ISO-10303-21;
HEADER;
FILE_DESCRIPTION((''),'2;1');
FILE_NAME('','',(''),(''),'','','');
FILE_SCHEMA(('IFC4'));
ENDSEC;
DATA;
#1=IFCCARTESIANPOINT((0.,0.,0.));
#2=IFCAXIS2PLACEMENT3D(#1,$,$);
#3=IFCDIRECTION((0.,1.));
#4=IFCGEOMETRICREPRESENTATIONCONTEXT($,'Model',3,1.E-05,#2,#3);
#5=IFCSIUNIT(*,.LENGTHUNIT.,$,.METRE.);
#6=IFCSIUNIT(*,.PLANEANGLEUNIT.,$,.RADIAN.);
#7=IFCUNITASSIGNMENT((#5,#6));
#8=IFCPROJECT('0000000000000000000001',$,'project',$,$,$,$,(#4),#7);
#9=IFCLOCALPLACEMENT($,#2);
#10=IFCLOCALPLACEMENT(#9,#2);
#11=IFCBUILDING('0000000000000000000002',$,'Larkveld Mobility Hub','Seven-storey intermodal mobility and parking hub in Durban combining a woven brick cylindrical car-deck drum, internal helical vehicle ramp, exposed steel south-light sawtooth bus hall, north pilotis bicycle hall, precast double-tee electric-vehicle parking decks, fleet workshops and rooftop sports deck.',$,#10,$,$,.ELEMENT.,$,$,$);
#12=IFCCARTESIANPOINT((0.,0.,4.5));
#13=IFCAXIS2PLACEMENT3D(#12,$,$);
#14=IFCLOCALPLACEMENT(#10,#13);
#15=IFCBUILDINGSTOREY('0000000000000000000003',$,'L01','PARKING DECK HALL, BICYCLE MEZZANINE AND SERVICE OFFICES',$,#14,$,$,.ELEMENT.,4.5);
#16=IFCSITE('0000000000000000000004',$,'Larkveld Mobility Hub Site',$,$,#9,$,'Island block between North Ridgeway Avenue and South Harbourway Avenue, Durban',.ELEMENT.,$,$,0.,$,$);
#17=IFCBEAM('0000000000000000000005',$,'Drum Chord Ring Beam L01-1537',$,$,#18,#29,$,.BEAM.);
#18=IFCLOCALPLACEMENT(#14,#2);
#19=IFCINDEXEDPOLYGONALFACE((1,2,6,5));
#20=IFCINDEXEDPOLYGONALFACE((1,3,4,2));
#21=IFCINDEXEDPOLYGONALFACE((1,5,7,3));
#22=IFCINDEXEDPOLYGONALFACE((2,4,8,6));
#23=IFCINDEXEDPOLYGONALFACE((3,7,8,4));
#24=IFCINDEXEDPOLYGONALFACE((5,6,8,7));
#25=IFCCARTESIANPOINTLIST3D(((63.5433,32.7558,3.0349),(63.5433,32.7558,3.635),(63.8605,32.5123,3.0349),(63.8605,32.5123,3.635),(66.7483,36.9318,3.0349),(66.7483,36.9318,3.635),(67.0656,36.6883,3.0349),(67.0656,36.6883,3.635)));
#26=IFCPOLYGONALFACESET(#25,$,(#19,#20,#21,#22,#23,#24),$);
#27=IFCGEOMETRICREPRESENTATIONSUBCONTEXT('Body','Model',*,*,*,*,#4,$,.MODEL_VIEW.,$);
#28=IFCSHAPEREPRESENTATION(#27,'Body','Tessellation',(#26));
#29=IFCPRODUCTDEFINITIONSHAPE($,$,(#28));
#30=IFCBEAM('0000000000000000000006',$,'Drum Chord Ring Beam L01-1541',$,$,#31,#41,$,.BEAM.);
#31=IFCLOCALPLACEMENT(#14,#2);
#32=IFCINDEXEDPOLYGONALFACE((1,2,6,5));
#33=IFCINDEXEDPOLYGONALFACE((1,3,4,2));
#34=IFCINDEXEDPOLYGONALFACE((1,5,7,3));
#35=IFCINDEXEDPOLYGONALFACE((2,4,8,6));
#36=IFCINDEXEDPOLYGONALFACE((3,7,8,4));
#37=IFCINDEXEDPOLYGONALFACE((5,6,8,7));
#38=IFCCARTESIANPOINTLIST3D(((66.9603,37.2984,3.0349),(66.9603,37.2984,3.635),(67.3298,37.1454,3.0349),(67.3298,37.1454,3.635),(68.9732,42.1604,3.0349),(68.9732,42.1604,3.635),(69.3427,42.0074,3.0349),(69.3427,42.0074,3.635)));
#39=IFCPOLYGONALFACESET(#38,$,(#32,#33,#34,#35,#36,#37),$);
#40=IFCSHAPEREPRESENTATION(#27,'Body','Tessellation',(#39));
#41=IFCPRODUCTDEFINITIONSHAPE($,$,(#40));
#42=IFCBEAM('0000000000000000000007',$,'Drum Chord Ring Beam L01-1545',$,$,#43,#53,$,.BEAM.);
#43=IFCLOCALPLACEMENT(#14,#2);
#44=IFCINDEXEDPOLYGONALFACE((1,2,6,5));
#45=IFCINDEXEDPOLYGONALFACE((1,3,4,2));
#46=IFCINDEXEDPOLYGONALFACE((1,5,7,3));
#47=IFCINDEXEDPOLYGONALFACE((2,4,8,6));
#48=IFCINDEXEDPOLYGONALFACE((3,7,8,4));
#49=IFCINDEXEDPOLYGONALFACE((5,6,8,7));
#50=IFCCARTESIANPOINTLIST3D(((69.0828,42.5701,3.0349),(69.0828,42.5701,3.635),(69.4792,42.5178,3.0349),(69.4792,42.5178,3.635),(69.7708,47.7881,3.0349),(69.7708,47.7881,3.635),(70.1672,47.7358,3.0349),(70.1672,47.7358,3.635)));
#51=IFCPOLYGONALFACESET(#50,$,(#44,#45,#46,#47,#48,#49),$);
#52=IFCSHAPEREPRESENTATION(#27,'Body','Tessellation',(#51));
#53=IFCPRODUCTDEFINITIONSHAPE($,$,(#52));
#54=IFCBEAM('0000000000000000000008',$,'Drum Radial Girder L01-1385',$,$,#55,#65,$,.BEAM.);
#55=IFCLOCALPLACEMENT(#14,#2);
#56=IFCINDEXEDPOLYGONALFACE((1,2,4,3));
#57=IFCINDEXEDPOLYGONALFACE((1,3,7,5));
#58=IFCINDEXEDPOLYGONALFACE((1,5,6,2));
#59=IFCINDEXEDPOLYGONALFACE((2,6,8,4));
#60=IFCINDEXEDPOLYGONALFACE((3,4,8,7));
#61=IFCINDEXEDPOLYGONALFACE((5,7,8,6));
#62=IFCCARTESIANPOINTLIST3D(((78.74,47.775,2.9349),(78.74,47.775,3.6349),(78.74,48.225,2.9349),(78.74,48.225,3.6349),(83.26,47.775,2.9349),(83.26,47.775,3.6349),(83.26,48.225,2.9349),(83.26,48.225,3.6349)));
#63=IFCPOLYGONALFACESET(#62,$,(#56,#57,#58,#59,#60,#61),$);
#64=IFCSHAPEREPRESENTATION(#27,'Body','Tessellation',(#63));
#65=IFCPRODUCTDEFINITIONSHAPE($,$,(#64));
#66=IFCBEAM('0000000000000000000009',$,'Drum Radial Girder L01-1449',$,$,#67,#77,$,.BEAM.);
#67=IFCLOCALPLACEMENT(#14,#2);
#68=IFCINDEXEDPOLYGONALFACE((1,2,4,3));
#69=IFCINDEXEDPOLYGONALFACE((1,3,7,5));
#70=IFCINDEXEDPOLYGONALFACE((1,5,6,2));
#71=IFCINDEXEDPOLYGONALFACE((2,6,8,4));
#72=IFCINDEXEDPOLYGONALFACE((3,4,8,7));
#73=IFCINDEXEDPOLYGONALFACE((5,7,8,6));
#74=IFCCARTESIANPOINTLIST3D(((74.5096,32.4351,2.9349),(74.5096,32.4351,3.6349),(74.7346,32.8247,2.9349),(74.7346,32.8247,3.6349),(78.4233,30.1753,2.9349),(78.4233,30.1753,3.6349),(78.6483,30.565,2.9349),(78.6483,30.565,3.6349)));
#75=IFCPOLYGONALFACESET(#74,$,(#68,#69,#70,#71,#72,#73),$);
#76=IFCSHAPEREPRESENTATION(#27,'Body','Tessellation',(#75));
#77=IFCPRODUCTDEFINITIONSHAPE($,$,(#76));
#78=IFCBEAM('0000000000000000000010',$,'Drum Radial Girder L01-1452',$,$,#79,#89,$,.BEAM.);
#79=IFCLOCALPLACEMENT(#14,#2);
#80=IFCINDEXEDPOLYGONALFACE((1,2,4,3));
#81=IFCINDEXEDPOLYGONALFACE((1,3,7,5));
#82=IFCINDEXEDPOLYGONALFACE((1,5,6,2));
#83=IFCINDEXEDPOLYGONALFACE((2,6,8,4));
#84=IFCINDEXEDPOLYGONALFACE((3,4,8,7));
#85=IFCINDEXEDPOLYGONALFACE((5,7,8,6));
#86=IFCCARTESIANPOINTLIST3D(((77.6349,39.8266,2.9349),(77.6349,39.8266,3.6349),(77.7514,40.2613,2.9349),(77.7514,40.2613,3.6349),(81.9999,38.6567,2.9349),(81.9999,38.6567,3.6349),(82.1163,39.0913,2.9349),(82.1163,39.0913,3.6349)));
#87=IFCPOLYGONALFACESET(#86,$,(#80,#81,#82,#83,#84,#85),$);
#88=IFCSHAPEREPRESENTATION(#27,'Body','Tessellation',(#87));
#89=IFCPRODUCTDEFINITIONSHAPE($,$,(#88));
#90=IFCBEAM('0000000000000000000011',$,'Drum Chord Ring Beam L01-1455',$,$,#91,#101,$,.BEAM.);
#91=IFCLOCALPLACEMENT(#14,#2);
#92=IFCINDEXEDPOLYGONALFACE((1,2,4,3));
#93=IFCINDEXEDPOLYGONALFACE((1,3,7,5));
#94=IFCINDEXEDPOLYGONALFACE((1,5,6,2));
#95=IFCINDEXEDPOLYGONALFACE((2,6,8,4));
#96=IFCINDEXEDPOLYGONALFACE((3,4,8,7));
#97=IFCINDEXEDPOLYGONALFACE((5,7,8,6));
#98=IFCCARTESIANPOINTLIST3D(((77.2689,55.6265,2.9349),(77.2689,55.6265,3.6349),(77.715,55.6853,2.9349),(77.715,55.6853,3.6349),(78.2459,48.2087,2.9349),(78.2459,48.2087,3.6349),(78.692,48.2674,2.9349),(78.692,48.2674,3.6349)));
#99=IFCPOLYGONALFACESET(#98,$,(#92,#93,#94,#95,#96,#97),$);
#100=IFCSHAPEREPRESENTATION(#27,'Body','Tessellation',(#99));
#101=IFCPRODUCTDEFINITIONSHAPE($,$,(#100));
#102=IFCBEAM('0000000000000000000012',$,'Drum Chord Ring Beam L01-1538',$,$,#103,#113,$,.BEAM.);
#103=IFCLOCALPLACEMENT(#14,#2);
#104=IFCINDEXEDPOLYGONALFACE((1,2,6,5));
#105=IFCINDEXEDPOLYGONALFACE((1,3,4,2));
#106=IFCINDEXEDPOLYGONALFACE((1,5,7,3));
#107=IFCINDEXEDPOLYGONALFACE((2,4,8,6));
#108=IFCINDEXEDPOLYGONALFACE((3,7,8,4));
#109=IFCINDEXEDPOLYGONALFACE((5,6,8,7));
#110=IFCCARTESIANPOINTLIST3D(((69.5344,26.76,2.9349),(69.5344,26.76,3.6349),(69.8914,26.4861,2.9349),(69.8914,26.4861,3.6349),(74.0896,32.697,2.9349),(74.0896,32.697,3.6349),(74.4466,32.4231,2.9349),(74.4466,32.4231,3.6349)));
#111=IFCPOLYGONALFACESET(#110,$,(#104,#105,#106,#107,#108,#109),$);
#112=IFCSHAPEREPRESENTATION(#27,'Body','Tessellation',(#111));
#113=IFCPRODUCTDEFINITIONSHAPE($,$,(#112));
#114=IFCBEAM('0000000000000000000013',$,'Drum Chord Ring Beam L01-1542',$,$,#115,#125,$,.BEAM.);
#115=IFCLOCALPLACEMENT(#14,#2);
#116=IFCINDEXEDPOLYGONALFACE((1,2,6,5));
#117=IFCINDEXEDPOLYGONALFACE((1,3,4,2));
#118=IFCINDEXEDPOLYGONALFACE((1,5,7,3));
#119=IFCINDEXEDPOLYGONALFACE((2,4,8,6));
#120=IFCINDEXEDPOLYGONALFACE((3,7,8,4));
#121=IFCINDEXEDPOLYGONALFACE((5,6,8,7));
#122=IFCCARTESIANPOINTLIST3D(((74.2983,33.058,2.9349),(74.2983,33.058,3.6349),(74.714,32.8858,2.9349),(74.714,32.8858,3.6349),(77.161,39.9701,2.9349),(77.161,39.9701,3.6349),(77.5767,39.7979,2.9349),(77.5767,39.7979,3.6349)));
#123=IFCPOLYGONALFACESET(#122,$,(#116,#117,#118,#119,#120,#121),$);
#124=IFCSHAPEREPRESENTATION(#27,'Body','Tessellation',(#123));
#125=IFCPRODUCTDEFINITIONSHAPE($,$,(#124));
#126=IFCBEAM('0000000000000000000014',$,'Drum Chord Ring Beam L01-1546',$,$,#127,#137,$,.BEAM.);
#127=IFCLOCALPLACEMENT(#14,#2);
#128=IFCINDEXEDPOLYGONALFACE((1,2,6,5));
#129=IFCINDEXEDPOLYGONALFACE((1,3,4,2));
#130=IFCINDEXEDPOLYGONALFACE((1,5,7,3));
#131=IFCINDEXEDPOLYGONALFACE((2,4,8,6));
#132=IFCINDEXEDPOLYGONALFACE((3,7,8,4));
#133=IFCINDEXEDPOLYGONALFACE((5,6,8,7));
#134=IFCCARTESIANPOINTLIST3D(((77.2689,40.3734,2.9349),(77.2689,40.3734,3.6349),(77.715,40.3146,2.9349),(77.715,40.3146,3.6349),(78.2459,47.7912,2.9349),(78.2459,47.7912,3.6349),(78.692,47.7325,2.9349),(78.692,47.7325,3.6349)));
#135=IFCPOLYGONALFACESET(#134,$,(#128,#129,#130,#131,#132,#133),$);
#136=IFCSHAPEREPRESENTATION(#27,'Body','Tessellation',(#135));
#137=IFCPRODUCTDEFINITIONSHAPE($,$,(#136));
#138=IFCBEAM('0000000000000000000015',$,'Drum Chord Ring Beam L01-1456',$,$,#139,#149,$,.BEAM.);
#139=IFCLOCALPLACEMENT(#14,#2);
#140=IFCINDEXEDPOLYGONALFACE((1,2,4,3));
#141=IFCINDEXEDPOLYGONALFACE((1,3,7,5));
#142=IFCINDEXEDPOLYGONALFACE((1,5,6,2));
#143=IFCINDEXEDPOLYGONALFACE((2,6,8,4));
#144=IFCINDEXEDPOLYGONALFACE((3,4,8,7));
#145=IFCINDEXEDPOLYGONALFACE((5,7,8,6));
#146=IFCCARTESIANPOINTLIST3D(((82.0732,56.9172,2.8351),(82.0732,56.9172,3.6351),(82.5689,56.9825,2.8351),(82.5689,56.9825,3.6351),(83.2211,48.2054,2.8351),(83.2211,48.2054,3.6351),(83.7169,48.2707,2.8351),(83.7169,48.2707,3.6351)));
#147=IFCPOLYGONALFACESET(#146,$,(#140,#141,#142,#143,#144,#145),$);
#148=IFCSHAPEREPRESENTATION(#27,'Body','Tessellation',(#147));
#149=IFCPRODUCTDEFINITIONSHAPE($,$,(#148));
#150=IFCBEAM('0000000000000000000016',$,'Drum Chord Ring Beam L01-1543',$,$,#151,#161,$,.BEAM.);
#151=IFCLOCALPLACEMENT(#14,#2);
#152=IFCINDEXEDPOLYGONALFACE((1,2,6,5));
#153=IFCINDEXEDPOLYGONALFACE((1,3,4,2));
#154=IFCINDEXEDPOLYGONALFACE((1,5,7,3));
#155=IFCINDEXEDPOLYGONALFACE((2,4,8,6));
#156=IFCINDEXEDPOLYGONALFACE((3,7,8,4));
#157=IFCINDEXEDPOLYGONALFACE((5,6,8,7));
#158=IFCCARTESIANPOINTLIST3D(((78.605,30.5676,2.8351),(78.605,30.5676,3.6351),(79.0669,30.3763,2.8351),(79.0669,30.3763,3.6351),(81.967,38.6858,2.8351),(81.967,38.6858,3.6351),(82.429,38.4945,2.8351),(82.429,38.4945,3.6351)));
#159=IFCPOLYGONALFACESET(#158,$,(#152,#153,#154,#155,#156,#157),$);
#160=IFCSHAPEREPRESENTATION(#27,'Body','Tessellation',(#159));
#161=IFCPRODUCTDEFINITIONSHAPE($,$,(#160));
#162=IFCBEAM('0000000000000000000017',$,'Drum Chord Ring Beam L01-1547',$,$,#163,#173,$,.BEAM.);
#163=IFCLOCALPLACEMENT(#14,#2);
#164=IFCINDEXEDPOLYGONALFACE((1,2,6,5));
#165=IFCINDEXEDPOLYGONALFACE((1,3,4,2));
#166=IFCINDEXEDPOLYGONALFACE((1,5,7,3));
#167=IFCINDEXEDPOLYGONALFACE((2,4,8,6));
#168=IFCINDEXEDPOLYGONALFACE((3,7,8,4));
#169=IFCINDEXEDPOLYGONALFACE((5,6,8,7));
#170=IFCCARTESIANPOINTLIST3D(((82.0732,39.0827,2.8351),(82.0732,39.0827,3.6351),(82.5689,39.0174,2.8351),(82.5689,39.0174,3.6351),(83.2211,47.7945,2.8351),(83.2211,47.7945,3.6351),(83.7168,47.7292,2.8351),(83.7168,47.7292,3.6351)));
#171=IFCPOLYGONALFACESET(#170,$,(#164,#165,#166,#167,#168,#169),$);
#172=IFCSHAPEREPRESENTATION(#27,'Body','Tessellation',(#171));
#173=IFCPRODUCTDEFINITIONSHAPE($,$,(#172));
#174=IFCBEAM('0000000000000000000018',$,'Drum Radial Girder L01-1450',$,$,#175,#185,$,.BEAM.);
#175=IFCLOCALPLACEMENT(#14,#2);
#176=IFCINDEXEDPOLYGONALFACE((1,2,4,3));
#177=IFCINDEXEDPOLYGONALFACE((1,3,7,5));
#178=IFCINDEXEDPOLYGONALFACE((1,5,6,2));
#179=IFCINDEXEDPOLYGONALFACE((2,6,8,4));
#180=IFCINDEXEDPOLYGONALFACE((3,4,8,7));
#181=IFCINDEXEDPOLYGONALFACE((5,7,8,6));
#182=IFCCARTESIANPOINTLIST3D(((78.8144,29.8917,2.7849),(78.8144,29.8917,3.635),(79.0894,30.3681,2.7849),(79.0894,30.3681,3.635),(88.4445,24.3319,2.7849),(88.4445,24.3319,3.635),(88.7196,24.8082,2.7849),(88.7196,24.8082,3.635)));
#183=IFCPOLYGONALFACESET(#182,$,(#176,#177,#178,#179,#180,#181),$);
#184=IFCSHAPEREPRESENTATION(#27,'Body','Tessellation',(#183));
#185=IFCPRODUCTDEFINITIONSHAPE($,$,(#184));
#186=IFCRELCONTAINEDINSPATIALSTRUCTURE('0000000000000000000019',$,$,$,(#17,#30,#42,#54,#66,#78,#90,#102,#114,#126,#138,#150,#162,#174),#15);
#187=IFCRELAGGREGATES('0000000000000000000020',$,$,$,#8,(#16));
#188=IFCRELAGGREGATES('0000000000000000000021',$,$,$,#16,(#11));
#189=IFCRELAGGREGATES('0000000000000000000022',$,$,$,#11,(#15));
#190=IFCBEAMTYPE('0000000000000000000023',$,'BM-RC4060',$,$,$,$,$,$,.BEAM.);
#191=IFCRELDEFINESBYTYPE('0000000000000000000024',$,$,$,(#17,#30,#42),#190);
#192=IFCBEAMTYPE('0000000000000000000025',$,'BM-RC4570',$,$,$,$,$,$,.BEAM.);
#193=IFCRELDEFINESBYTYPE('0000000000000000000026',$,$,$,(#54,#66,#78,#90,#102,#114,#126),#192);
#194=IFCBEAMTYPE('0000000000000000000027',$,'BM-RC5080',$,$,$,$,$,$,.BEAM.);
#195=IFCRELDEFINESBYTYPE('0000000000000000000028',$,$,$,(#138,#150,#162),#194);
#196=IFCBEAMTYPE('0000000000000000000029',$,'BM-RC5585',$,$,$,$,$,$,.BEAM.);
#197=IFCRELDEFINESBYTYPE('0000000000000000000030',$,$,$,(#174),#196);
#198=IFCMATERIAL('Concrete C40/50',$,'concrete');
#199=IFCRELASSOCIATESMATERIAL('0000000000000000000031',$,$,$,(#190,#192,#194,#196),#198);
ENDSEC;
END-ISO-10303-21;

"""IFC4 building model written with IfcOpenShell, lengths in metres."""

from ifc_helpers import new_model, si_unit, direction, frame, origin, origin_2d, place, context, subcontext, project, spatial, rectangle, extrude, material, material_profile, profile_set, type_object, element, save


model = new_model("IFC4")

# Units and contexts
model_context = context("Model", 3, precision=1e-05, world=origin(), true_north=direction((0.0, 1.0)))
body_context = subcontext(model_context, "Body", "Model", "MODEL_VIEW")
ifc_project = project(units=[si_unit("LENGTHUNIT", "METRE"), si_unit("PLANEANGLEUNIT", "RADIAN")], contexts=[model_context])

# Site, building, storey
site_placement = place(None, origin())
site = spatial("IfcSite", under=ifc_project, at=site_placement, Name="Larkveld Mobility Hub Site", LongName="Island block between North Ridgeway Avenue and South Harbourway Avenue, Durban", CompositionType="ELEMENT", RefElevation=0.0)
building_placement = place(site_placement, origin())
building = spatial("IfcBuilding", under=site, at=building_placement, Name="Larkveld Mobility Hub", Description="Seven-storey intermodal mobility and parking hub in Durban combining a woven brick cylindrical car-deck drum, internal helical vehicle ramp, exposed steel south-light sawtooth bus hall, north pilotis bicycle hall, precast double-tee electric-vehicle parking decks, fleet workshops and rooftop sports deck.", CompositionType="ELEMENT")
storey_placement = place(building_placement, frame((0.0, 0.0, 4.5)))
storey = spatial("IfcBuildingStorey", under=building, at=storey_placement, Name="L01", Description="PARKING DECK HALL, BICYCLE MEZZANINE AND SERVICE OFFICES", CompositionType="ELEMENT", Elevation=4.5)

# Shared definitions
ifc_material_1 = material(Name="Concrete C40/50", Category="concrete")

# Beams
ifc_material_profile_1 = material_profile(ifc_material_1, rectangle(XDim=0.3999, YDim=0.6001, at=origin_2d()), Name="RC BM 400x600")
ifc_profile_set_1 = profile_set([ifc_material_profile_1], Name="Concrete C40/50")
beam_type_1 = type_object("IfcBeamType", Name="BM-RC4060", PredefinedType="BEAM", material=ifc_profile_set_1)
beam_1_placement = place(storey_placement, frame((63.7019, 32.634, 3.335), z_axis=(0.608845, 0.793289, 0.0), x_axis=(-0.793289, 0.608845, 0.0)))
element("IfcBeam", 1, at=beam_1_placement, inside=storey, type_object=beam_type_1, Name="Drum Chord Ring Beam L01-1537", PredefinedType="BEAM", context=body_context, shape_type="SweptSolid", body=[
    extrude(rectangle(XDim=0.3999, YDim=0.6001, at=origin_2d()), origin(), (0.0, 0.0, 1.0), 5.2642),
])
beam_2_placement = place(storey_placement, frame((67.145, 37.2219, 3.335), z_axis=(0.382523, 0.923946, 0.0), x_axis=(-0.923946, 0.382523, 0.0)))
element("IfcBeam", 2, at=beam_2_placement, inside=storey, type_object=beam_type_1, Name="Drum Chord Ring Beam L01-1541", PredefinedType="BEAM", context=body_context, shape_type="SweptSolid", body=[
    extrude(rectangle(XDim=0.3999, YDim=0.6001, at=origin_2d()), origin(), (0.0, 0.0, 1.0), 5.2622),
])
beam_3_placement = place(storey_placement, frame((69.281, 42.5439, 3.335), z_axis=(0.130717, 0.99142, 0.0), x_axis=(-0.99142, 0.130717, 0.0)))
element("IfcBeam", 3, at=beam_3_placement, inside=storey, type_object=beam_type_1, Name="Drum Chord Ring Beam L01-1545", PredefinedType="BEAM", context=body_context, shape_type="SweptSolid", body=[
    extrude(rectangle(XDim=0.3999, YDim=0.6001, at=origin_2d()), origin(), (0.0, 0.0, 1.0), 5.2632),
])
ifc_material_profile_2 = material_profile(ifc_material_1, rectangle(XDim=0.45, YDim=0.7, at=origin_2d()), Name="RC BM 450x700")
ifc_profile_set_2 = profile_set([ifc_material_profile_2], Name="Concrete C40/50")
beam_type_2 = type_object("IfcBeamType", Name="BM-RC4570", PredefinedType="BEAM", material=ifc_profile_set_2)
beam_4_placement = place(storey_placement, frame((78.74, 48.0, 3.2849), z_axis=(1.0, 0.0, 0.0), x_axis=(0.0, 1.0, 0.0)))
element("IfcBeam", 4, at=beam_4_placement, inside=storey, type_object=beam_type_2, Name="Drum Radial Girder L01-1385", PredefinedType="BEAM", context=body_context, shape_type="SweptSolid", body=[
    extrude(rectangle(XDim=0.45, YDim=0.7, at=origin_2d()), origin(), (0.0, 0.0, 1.0), 4.52),
])
beam_5_placement = place(storey_placement, frame((74.6221, 32.6299, 3.2849), z_axis=(0.866014, -0.50002, 0.0), x_axis=(0.50002, 0.866014, 0.0)))
element("IfcBeam", 5, at=beam_5_placement, inside=storey, type_object=beam_type_2, Name="Drum Radial Girder L01-1449", PredefinedType="BEAM", context=body_context, shape_type="SweptSolid", body=[
    extrude(rectangle(XDim=0.45, YDim=0.7, at=origin_2d()), origin(), (0.0, 0.0, 1.0), 4.5193),
])
beam_6_placement = place(storey_placement, frame((77.6931, 40.0439, 3.2849), z_axis=(0.965908, -0.258886, 0.0), x_axis=(0.258886, 0.965908, 0.0)))
element("IfcBeam", 6, at=beam_6_placement, inside=storey, type_object=beam_type_2, Name="Drum Radial Girder L01-1452", PredefinedType="BEAM", context=body_context, shape_type="SweptSolid", body=[
    extrude(rectangle(XDim=0.45, YDim=0.7, at=origin_2d()), origin(), (0.0, 0.0, 1.0), 4.519),
])
beam_7_placement = place(storey_placement, frame((78.469, 48.238, 3.2849), z_axis=(-0.130586, 0.991437, 0.0), x_axis=(-0.991437, -0.130586, 0.0)))
element("IfcBeam", 7, at=beam_7_placement, inside=storey, type_object=beam_type_2, Name="Drum Chord Ring Beam L01-1455", PredefinedType="BEAM", context=body_context, shape_type="SweptSolid", body=[
    extrude(rectangle(XDim=0.45, YDim=0.7, at=origin_2d()), origin(), (0.0, 0.0, 1.0), 7.4819),
])
beam_8_placement = place(storey_placement, frame((69.7129, 26.623, 3.2849), z_axis=(0.608723, 0.793383, 0.0), x_axis=(-0.793383, 0.608723, 0.0)))
element("IfcBeam", 8, at=beam_8_placement, inside=storey, type_object=beam_type_2, Name="Drum Chord Ring Beam L01-1538", PredefinedType="BEAM", context=body_context, shape_type="SweptSolid", body=[
    extrude(rectangle(XDim=0.45, YDim=0.7, at=origin_2d()), origin(), (0.0, 0.0, 1.0), 7.4832),
])
beam_9_placement = place(storey_placement, frame((74.5061, 32.9719, 3.2849), z_axis=(0.38265, 0.923894, 0.0), x_axis=(-0.923894, 0.38265, 0.0)))
element("IfcBeam", 9, at=beam_9_placement, inside=storey, type_object=beam_type_2, Name="Drum Chord Ring Beam L01-1542", PredefinedType="BEAM", context=body_context, shape_type="SweptSolid", body=[
    extrude(rectangle(XDim=0.45, YDim=0.7, at=origin_2d()), origin(), (0.0, 0.0, 1.0), 7.4814),
])
beam_10_placement = place(storey_placement, frame((77.4919, 40.344, 3.2849), z_axis=(0.130586, 0.991437, 0.0), x_axis=(-0.991437, 0.130586, 0.0)))
element("IfcBeam", 10, at=beam_10_placement, inside=storey, type_object=beam_type_2, Name="Drum Chord Ring Beam L01-1546", PredefinedType="BEAM", context=body_context, shape_type="SweptSolid", body=[
    extrude(rectangle(XDim=0.45, YDim=0.7, at=origin_2d()), origin(), (0.0, 0.0, 1.0), 7.4819),
])
ifc_material_profile_3 = material_profile(ifc_material_1, rectangle(XDim=0.5, YDim=0.8, at=origin_2d()), Name="RC BM 500x800")
ifc_profile_set_3 = profile_set([ifc_material_profile_3], Name="Concrete C40/50")
beam_type_3 = type_object("IfcBeamType", Name="BM-RC5080", PredefinedType="BEAM", material=ifc_profile_set_3)
beam_11_placement = place(storey_placement, frame((83.469, 48.238, 3.2351), z_axis=(-0.130638, 0.99143, 0.0), x_axis=(-0.99143, -0.130638, 0.0)))
element("IfcBeam", 11, at=beam_11_placement, inside=storey, type_object=beam_type_3, Name="Drum Chord Ring Beam L01-1456", PredefinedType="BEAM", context=body_context, shape_type="SweptSolid", body=[
    extrude(rectangle(XDim=0.5, YDim=0.8, at=origin_2d()), origin(), (0.0, 0.0, 1.0), 8.7871),
])
beam_12_placement = place(storey_placement, frame((78.8359, 30.4719, 3.2351), z_axis=(0.382626, 0.923903, 0.0), x_axis=(-0.923903, 0.382626, 0.0)))
element("IfcBeam", 12, at=beam_12_placement, inside=storey, type_object=beam_type_3, Name="Drum Chord Ring Beam L01-1543", PredefinedType="BEAM", context=body_context, shape_type="SweptSolid", body=[
    extrude(rectangle(XDim=0.5, YDim=0.8, at=origin_2d()), origin(), (0.0, 0.0, 1.0), 8.7869),
])
beam_13_placement = place(storey_placement, frame((82.321, 39.05, 3.2351), z_axis=(0.130638, 0.99143, 0.0), x_axis=(-0.99143, 0.130638, 0.0)))
element("IfcBeam", 13, at=beam_13_placement, inside=storey, type_object=beam_type_3, Name="Drum Chord Ring Beam L01-1547", PredefinedType="BEAM", context=body_context, shape_type="SweptSolid", body=[
    extrude(rectangle(XDim=0.5, YDim=0.8, at=origin_2d()), origin(), (0.0, 0.0, 1.0), 8.7871),
])
ifc_material_profile_4 = material_profile(ifc_material_1, rectangle(XDim=0.55, YDim=0.8501, at=origin_2d()), Name="RC BM 550x850")
ifc_profile_set_4 = profile_set([ifc_material_profile_4], Name="Concrete C40/50")
beam_type_4 = type_object("IfcBeamType", Name="BM-RC5585", PredefinedType="BEAM", material=ifc_profile_set_4)
for number, where, z_axis, x_axis, name in (
    (14, (78.9519, 30.1299, 3.21), (0.866031, -0.49999, 0.0), (0.49999, 0.866031, 0.0), "Drum Radial Girder L01-1450"),
):
    element("IfcBeam", number, at=place(storey_placement, frame(where, z_axis=z_axis, x_axis=x_axis)), inside=storey, type_object=beam_type_4, Name=name, PredefinedType="BEAM", context=body_context, shape_type="SweptSolid", body=[
        extrude(rectangle(XDim=0.55, YDim=0.8501, at=origin_2d()), origin(), (0.0, 0.0, 1.0), 11.1199),
    ])

save(model, "model.ifc")
